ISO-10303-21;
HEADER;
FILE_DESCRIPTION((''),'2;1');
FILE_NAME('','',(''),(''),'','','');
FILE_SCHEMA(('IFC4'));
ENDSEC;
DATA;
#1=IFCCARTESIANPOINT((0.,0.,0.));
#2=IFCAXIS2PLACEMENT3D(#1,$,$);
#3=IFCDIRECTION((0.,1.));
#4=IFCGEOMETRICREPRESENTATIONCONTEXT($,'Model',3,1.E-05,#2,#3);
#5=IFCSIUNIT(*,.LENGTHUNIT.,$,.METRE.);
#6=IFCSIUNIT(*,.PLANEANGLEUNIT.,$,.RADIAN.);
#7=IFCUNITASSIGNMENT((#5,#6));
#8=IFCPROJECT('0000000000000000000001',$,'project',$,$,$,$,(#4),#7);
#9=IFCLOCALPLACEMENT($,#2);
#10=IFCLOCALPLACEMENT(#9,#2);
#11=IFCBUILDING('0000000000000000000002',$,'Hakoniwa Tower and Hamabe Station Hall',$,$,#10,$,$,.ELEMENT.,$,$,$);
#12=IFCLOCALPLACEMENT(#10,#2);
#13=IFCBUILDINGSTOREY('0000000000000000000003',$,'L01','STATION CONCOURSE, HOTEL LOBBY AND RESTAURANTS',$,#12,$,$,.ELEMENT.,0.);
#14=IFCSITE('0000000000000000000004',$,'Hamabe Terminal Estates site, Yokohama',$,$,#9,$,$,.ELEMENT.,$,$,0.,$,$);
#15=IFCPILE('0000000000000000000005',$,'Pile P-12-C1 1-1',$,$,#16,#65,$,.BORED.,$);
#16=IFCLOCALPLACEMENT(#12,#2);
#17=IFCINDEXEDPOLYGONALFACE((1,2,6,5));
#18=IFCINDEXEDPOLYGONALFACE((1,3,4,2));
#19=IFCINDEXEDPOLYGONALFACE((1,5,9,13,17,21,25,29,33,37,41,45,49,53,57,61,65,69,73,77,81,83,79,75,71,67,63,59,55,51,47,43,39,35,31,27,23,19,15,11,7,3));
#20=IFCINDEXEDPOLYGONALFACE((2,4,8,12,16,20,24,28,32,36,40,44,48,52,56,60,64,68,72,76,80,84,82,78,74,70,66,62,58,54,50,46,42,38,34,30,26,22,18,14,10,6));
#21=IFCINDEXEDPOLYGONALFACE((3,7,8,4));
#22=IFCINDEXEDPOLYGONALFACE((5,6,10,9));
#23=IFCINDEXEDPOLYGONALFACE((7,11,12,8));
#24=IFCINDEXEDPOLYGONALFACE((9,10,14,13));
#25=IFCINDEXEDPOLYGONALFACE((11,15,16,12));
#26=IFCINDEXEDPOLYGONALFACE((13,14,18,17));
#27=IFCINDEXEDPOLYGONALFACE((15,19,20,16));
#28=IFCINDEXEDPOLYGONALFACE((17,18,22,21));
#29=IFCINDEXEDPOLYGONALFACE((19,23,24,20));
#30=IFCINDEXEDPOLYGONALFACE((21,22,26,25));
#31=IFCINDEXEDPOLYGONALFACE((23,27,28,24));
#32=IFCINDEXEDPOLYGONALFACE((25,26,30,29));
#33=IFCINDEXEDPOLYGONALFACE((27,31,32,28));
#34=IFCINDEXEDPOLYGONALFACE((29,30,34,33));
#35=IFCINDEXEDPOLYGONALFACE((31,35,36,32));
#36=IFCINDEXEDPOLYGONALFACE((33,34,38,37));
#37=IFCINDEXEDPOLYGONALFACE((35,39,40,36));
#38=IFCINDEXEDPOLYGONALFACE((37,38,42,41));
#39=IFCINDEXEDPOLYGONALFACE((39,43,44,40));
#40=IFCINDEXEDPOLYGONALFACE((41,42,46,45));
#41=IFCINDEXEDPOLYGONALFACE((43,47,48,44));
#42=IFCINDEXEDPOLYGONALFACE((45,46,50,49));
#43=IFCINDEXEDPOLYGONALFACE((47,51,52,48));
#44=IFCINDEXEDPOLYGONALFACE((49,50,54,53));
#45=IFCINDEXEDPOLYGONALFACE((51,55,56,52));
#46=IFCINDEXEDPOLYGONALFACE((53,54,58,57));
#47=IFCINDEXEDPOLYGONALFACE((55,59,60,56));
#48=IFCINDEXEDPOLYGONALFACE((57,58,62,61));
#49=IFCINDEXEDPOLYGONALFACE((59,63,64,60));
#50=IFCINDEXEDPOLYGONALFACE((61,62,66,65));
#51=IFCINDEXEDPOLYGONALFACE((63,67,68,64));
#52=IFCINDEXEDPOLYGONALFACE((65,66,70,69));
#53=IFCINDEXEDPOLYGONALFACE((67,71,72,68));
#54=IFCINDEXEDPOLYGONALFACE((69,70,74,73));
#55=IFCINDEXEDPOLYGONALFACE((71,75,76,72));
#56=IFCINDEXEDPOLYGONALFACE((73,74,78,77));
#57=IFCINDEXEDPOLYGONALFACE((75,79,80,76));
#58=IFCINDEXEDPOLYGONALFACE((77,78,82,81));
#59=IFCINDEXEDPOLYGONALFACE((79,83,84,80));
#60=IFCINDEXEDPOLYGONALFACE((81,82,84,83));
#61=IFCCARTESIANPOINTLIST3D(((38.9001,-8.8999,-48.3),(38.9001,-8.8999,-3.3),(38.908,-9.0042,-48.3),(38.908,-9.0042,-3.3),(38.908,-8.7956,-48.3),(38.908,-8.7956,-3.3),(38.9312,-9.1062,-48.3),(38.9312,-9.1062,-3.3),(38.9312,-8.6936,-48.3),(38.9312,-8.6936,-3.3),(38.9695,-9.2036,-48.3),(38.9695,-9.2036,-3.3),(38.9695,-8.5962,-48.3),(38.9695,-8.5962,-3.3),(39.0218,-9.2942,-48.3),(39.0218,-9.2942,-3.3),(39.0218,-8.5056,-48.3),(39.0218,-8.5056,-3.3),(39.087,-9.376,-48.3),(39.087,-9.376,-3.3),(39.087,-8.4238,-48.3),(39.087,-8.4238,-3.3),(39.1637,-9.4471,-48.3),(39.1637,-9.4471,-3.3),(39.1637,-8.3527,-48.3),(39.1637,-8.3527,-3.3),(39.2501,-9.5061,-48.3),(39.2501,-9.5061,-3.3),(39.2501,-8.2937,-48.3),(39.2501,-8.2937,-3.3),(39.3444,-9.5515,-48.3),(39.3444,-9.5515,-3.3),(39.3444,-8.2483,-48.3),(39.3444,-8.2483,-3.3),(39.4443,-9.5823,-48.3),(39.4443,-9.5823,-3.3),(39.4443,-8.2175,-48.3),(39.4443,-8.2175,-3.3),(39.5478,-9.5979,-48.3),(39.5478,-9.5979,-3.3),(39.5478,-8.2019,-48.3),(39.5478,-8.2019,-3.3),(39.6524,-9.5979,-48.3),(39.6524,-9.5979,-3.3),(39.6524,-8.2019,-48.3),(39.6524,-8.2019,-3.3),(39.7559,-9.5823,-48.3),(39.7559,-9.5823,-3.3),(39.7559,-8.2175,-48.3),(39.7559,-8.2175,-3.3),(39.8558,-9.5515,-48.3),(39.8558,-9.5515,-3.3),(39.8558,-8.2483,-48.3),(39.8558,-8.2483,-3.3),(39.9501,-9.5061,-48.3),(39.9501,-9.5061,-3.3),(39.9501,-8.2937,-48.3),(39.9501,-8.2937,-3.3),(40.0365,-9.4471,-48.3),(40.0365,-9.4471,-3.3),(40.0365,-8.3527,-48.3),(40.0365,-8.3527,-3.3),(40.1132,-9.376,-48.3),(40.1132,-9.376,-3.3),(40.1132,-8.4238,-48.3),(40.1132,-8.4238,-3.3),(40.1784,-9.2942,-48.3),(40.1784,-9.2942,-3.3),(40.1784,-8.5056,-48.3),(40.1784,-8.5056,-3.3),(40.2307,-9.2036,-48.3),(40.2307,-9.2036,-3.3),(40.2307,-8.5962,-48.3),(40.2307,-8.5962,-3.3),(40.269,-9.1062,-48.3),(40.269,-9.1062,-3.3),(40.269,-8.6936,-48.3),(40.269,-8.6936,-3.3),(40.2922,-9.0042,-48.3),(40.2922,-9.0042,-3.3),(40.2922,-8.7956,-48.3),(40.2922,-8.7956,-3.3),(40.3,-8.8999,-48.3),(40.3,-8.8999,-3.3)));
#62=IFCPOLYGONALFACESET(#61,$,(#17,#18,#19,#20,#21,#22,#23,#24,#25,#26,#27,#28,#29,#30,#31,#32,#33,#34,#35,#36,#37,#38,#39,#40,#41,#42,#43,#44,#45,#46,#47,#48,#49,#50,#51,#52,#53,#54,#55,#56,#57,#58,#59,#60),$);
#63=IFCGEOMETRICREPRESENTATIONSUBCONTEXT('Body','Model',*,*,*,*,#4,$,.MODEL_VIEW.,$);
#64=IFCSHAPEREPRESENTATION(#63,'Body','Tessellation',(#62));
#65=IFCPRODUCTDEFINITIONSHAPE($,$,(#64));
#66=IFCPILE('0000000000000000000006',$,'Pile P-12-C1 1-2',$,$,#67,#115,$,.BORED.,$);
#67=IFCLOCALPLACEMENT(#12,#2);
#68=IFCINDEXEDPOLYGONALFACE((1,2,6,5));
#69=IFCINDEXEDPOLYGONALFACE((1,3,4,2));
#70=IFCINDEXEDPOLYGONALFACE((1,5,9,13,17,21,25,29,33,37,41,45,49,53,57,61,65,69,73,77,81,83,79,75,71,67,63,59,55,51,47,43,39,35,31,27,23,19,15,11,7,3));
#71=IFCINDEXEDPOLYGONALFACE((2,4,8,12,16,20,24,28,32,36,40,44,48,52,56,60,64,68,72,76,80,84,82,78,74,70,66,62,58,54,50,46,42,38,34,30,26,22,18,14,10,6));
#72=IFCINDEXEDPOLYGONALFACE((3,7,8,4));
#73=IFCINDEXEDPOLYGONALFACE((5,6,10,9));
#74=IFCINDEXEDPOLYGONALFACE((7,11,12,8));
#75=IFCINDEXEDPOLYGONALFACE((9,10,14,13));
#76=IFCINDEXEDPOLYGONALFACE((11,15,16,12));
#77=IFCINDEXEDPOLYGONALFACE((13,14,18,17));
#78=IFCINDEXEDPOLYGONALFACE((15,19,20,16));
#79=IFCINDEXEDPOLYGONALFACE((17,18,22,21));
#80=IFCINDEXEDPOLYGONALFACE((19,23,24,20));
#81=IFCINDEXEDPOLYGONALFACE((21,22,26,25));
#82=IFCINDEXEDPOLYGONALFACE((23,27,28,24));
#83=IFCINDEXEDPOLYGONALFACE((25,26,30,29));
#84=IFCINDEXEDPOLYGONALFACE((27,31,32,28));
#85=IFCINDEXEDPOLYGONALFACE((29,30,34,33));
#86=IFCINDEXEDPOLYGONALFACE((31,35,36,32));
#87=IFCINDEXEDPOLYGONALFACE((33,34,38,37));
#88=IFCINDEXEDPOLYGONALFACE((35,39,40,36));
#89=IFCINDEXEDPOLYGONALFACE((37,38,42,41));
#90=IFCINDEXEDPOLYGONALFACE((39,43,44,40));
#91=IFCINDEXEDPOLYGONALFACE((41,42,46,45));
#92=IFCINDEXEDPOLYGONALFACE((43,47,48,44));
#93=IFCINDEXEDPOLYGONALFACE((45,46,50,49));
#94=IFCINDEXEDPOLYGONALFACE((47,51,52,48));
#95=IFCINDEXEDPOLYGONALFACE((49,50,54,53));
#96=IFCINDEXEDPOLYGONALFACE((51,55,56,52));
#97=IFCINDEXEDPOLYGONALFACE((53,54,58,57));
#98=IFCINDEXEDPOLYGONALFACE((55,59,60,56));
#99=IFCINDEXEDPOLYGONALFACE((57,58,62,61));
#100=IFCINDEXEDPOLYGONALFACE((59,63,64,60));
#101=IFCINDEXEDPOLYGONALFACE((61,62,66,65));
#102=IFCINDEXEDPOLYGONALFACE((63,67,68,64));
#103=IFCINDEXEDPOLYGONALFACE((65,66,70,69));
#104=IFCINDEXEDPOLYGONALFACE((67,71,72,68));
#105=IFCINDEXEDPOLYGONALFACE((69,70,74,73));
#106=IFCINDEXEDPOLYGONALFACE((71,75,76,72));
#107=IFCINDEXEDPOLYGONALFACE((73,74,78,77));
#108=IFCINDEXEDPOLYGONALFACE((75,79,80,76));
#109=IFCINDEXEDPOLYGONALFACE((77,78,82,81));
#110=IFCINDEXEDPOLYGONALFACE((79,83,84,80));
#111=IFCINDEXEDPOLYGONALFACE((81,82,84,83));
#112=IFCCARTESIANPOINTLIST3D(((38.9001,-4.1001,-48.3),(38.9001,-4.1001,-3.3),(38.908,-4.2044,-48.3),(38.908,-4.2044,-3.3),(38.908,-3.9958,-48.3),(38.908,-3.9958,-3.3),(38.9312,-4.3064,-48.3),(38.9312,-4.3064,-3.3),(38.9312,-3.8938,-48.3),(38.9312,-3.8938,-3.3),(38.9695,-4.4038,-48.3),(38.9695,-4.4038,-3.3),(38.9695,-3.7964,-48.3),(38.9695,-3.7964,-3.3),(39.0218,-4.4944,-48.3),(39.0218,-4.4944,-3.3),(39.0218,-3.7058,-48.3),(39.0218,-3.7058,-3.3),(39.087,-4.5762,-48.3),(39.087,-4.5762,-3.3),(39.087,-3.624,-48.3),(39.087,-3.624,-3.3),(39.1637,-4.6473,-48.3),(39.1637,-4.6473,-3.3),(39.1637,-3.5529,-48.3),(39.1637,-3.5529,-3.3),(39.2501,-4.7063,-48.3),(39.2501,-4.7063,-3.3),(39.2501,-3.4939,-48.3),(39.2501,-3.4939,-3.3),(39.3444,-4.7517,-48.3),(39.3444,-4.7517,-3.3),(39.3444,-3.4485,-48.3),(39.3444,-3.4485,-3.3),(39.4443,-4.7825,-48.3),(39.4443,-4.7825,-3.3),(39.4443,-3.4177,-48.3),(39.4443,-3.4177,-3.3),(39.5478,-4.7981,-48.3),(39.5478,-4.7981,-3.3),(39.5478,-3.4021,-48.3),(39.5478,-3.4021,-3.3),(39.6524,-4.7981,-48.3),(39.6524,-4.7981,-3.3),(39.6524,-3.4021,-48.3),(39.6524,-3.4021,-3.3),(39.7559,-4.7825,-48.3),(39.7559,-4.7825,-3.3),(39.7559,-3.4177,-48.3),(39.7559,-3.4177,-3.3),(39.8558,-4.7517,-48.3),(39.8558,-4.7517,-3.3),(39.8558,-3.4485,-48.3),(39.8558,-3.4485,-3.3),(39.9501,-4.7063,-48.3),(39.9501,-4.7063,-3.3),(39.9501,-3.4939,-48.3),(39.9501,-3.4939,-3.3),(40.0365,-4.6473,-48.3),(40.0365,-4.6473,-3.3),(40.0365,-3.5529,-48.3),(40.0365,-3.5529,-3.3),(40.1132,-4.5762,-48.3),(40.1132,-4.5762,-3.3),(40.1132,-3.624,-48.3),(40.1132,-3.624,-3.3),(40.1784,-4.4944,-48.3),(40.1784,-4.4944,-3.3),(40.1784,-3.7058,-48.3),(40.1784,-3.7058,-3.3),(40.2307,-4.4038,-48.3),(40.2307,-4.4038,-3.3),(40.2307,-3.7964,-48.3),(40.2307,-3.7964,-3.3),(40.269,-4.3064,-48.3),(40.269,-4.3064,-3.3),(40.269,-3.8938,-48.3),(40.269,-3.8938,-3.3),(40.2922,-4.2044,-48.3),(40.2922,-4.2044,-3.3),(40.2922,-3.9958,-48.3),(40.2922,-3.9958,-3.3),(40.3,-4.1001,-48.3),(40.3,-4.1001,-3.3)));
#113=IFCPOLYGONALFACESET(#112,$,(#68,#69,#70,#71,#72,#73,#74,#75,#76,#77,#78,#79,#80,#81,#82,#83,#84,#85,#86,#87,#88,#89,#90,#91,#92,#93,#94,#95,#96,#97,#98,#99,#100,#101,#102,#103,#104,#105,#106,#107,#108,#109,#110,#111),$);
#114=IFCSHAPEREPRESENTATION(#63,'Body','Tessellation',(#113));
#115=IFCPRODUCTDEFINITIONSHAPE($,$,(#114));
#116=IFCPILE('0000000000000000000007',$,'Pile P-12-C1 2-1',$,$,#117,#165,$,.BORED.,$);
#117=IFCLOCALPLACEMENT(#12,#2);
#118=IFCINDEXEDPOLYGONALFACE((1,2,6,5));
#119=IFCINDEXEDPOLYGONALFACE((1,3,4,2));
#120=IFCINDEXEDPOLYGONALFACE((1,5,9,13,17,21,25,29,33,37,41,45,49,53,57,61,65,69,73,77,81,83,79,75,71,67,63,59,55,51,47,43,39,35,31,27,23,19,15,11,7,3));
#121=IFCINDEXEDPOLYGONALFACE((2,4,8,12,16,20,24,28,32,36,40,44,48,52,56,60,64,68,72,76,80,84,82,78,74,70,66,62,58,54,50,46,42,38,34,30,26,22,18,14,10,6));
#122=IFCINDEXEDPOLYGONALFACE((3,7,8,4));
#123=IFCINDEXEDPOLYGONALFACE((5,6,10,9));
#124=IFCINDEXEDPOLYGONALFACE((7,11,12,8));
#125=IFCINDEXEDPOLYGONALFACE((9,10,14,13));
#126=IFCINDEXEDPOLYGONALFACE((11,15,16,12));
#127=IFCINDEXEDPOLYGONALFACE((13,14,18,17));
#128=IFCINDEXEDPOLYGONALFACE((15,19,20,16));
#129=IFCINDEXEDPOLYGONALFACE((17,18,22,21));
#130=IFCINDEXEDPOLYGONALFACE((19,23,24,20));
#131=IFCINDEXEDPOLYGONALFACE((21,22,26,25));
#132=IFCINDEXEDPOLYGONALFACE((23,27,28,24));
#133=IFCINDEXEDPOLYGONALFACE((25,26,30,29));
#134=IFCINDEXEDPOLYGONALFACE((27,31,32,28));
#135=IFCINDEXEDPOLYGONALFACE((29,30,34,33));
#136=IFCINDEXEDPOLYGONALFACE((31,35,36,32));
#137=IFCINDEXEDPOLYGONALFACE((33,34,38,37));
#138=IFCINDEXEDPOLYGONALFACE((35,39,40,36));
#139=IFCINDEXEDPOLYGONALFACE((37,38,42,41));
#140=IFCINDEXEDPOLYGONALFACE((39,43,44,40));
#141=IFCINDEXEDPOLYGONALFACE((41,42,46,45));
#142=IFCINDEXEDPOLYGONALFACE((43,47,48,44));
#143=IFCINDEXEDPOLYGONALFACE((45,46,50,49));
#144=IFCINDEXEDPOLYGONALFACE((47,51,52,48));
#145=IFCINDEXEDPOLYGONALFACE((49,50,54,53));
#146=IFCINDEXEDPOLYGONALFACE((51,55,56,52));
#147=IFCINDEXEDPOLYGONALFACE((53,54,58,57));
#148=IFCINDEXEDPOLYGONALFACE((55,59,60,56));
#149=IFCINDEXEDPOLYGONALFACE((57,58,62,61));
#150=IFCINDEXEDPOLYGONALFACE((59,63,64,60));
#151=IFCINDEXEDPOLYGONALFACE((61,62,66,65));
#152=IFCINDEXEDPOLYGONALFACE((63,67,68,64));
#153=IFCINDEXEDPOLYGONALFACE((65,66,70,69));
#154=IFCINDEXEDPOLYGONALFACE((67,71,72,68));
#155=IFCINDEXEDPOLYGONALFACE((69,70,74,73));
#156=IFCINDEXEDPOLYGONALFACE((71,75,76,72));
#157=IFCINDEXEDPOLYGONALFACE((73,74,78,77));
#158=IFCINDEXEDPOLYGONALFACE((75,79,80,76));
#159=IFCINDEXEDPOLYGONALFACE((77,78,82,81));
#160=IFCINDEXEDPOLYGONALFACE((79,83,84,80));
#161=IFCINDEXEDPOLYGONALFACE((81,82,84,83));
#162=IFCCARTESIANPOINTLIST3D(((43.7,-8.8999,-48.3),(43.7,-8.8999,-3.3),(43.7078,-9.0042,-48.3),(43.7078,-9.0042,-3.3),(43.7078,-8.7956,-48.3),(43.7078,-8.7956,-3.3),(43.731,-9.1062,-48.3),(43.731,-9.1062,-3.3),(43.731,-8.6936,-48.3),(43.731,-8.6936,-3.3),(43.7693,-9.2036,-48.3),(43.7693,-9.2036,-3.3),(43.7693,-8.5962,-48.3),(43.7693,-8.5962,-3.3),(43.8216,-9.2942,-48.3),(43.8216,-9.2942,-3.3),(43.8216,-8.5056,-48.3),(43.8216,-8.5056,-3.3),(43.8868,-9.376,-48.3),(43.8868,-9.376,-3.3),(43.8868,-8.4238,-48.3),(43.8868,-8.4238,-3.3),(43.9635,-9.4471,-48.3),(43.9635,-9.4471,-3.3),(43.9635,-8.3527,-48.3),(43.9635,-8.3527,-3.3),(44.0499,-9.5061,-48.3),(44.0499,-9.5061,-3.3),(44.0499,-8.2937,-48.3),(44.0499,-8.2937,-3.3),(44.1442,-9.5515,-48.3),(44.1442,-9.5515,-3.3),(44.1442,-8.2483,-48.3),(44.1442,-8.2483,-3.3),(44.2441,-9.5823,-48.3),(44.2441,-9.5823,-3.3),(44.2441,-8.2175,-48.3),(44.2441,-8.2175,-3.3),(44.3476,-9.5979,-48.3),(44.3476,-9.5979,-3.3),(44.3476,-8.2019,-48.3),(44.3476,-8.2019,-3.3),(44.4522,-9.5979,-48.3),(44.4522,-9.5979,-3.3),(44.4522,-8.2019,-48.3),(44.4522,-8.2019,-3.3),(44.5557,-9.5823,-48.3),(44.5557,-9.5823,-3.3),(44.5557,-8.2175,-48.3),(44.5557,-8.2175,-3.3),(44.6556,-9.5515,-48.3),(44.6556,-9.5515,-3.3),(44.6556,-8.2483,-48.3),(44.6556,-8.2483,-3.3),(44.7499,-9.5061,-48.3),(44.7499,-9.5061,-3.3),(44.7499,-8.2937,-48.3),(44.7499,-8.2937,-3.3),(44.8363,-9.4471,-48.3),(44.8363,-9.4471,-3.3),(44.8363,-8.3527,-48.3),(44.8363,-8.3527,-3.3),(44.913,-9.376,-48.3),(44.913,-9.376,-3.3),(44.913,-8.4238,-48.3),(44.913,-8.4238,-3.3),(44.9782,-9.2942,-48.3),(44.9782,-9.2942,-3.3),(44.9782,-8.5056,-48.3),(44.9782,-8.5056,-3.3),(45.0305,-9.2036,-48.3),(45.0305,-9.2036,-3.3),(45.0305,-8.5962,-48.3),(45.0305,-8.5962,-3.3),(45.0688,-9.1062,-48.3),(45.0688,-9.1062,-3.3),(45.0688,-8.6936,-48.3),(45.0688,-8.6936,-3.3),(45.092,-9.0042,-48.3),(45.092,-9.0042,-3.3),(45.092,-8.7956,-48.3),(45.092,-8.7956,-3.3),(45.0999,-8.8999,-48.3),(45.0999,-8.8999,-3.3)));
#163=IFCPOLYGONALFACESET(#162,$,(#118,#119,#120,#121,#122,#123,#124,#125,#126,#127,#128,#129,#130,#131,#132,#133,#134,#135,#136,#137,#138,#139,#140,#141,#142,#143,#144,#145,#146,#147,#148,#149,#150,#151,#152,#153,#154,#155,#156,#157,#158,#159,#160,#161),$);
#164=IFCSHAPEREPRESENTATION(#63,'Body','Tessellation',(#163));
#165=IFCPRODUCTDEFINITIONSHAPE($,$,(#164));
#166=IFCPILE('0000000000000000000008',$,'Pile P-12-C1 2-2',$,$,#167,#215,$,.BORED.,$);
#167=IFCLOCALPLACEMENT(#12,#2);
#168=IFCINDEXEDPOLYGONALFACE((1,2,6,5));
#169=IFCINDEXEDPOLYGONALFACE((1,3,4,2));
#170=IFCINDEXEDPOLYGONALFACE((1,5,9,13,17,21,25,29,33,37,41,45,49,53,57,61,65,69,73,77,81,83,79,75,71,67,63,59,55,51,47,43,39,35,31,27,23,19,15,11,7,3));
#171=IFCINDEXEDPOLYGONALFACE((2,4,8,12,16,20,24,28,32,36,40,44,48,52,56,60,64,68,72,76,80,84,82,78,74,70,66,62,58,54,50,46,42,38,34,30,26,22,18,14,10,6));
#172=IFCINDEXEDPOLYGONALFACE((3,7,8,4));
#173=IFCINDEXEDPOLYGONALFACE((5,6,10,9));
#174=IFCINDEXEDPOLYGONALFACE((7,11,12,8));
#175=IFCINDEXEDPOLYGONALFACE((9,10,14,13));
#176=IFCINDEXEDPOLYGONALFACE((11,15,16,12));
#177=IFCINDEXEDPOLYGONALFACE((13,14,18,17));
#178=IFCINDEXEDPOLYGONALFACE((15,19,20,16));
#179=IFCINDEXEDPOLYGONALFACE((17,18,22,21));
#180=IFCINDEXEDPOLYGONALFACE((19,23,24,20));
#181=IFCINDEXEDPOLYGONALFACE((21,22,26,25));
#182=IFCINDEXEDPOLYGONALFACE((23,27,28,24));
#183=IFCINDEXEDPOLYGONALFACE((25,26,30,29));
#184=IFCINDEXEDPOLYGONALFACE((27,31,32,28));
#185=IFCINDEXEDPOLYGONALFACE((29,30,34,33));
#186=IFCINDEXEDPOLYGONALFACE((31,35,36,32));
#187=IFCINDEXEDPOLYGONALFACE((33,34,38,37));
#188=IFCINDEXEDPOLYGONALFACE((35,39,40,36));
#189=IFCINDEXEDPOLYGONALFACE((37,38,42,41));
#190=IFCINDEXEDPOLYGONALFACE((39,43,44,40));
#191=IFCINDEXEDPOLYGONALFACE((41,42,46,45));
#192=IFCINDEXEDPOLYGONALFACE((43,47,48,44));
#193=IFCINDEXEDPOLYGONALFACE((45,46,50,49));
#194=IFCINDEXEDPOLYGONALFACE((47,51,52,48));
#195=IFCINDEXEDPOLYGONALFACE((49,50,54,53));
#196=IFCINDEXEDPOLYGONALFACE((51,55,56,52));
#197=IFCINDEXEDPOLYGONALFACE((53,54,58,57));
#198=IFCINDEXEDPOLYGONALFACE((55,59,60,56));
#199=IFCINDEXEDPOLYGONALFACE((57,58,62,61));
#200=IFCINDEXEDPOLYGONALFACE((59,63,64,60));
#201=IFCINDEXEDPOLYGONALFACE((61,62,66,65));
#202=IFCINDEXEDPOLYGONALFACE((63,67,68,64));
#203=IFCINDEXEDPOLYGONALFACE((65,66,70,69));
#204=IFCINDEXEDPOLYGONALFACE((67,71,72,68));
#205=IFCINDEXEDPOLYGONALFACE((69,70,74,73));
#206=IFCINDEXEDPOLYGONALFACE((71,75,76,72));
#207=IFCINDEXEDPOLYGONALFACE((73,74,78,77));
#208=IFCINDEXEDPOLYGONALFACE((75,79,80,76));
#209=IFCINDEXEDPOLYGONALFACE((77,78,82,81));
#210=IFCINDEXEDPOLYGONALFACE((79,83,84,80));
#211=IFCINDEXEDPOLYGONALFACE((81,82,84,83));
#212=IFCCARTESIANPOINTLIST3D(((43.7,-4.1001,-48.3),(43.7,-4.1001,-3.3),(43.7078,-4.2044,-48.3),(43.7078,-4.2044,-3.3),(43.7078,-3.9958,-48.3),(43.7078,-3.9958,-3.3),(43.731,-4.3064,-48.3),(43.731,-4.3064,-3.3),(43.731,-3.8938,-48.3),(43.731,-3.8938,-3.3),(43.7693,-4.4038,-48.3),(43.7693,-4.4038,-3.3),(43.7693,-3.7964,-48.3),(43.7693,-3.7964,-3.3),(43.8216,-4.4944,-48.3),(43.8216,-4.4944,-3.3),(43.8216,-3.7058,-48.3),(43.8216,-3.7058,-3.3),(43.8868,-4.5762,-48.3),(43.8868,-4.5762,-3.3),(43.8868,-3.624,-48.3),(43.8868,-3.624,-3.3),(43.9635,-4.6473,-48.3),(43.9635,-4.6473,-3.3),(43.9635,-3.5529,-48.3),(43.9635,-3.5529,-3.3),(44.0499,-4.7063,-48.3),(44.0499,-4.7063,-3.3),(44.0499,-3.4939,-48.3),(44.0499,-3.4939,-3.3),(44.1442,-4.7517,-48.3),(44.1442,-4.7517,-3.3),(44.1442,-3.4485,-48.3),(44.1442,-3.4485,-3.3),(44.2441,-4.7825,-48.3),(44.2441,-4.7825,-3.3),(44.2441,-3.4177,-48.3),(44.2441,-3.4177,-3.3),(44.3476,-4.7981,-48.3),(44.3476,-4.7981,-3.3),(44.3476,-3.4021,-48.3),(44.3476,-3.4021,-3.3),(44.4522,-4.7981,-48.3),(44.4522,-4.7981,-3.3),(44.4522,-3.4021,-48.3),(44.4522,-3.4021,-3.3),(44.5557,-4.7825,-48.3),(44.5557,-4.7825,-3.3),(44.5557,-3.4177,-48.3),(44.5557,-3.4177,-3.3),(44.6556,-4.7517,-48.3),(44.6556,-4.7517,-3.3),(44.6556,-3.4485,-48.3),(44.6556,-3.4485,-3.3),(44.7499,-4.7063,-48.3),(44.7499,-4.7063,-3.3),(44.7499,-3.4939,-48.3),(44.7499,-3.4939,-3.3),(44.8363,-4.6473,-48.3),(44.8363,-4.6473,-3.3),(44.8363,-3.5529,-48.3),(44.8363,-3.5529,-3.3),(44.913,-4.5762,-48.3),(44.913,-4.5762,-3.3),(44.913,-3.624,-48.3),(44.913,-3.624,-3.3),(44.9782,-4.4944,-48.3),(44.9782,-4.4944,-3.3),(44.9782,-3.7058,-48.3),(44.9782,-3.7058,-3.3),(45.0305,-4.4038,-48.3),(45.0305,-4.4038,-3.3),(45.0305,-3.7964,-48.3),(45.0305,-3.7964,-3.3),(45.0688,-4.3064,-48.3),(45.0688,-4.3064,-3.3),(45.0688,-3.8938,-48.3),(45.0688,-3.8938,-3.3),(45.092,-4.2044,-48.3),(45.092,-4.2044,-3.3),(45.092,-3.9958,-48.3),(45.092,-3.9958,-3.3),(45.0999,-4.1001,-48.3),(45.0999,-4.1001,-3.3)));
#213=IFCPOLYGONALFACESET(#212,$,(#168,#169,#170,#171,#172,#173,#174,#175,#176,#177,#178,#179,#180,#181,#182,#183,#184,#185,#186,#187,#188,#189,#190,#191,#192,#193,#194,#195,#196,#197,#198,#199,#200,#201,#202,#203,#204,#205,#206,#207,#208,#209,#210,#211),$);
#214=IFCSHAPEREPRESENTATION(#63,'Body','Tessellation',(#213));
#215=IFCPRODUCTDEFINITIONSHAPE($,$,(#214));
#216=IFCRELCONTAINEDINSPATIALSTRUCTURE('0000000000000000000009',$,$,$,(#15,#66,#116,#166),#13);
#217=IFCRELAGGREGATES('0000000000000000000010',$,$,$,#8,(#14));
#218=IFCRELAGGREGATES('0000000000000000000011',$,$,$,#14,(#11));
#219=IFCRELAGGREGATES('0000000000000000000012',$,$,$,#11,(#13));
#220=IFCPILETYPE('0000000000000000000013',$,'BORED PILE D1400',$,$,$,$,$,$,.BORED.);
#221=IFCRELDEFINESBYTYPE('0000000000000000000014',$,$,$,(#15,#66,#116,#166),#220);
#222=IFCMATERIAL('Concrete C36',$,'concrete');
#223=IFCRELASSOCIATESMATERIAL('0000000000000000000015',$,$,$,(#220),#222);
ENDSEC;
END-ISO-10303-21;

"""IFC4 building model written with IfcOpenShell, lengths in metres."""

from ifc_helpers import new_model, si_unit, direction, frame, origin, origin_2d, place, context, subcontext, project, spatial, circle, extrude, material, material_profile, profile_set, type_object, element, save


model = new_model("IFC4")

# Units and contexts
model_context = context("Model", 3, precision=1e-05, world=origin(), true_north=direction((0.0, 1.0)))
body_context = subcontext(model_context, "Body", "Model", "MODEL_VIEW")
ifc_project = project(units=[si_unit("LENGTHUNIT", "METRE"), si_unit("PLANEANGLEUNIT", "RADIAN")], contexts=[model_context])

# Site, building, storey
site_placement = place(None, origin())
site = spatial("IfcSite", under=ifc_project, at=site_placement, Name="Hamabe Terminal Estates site, Yokohama", CompositionType="ELEMENT", RefElevation=0.0)
building_placement = place(site_placement, origin())
building = spatial("IfcBuilding", under=site, at=building_placement, Name="Hakoniwa Tower and Hamabe Station Hall", CompositionType="ELEMENT")
storey_placement = place(building_placement, origin())
storey = spatial("IfcBuildingStorey", under=building, at=storey_placement, Name="L01", Description="STATION CONCOURSE, HOTEL LOBBY AND RESTAURANTS", CompositionType="ELEMENT", Elevation=0.0)

# Piles
ifc_material_1 = material(Name="Concrete C36", Category="concrete")
ifc_material_profile_1 = material_profile(ifc_material_1, circle(Radius=0.7, at=origin_2d()), Name="BORED PILE D1400")
ifc_profile_set_1 = profile_set([ifc_material_profile_1], Name="Concrete C36")
pile_type = type_object("IfcPileType", Name="BORED PILE D1400", PredefinedType="BORED", material=ifc_profile_set_1)
for number, where, z_axis, x_axis, name in (
    (1, (39.6001, -8.8999, -3.3), (0.0, 0.0, -1.0), (1.0, 0.0, 0.0), "Pile P-12-C1 1-1"),
    (2, (39.6001, -4.1001, -3.3), (0.0, 0.0, -1.0), (1.0, 0.0, 0.0), "Pile P-12-C1 1-2"),
    (3, (44.3999, -8.8999, -3.3), (0.0, 0.0, -1.0), (1.0, 0.0, 0.0), "Pile P-12-C1 2-1"),
    (4, (44.3999, -4.1001, -3.3), (0.0, 0.0, -1.0), (1.0, 0.0, 0.0), "Pile P-12-C1 2-2"),
):
    element("IfcPile", number, at=place(storey_placement, frame(where, z_axis=z_axis, x_axis=x_axis)), inside=storey, type_object=pile_type, Name=name, PredefinedType="BORED", context=body_context, shape_type="SweptSolid", body=[
        extrude(circle(Radius=0.7, at=origin_2d()), origin(), (0.0, 0.0, 1.0), 45.0),
    ])

save(model, "model.ifc")
